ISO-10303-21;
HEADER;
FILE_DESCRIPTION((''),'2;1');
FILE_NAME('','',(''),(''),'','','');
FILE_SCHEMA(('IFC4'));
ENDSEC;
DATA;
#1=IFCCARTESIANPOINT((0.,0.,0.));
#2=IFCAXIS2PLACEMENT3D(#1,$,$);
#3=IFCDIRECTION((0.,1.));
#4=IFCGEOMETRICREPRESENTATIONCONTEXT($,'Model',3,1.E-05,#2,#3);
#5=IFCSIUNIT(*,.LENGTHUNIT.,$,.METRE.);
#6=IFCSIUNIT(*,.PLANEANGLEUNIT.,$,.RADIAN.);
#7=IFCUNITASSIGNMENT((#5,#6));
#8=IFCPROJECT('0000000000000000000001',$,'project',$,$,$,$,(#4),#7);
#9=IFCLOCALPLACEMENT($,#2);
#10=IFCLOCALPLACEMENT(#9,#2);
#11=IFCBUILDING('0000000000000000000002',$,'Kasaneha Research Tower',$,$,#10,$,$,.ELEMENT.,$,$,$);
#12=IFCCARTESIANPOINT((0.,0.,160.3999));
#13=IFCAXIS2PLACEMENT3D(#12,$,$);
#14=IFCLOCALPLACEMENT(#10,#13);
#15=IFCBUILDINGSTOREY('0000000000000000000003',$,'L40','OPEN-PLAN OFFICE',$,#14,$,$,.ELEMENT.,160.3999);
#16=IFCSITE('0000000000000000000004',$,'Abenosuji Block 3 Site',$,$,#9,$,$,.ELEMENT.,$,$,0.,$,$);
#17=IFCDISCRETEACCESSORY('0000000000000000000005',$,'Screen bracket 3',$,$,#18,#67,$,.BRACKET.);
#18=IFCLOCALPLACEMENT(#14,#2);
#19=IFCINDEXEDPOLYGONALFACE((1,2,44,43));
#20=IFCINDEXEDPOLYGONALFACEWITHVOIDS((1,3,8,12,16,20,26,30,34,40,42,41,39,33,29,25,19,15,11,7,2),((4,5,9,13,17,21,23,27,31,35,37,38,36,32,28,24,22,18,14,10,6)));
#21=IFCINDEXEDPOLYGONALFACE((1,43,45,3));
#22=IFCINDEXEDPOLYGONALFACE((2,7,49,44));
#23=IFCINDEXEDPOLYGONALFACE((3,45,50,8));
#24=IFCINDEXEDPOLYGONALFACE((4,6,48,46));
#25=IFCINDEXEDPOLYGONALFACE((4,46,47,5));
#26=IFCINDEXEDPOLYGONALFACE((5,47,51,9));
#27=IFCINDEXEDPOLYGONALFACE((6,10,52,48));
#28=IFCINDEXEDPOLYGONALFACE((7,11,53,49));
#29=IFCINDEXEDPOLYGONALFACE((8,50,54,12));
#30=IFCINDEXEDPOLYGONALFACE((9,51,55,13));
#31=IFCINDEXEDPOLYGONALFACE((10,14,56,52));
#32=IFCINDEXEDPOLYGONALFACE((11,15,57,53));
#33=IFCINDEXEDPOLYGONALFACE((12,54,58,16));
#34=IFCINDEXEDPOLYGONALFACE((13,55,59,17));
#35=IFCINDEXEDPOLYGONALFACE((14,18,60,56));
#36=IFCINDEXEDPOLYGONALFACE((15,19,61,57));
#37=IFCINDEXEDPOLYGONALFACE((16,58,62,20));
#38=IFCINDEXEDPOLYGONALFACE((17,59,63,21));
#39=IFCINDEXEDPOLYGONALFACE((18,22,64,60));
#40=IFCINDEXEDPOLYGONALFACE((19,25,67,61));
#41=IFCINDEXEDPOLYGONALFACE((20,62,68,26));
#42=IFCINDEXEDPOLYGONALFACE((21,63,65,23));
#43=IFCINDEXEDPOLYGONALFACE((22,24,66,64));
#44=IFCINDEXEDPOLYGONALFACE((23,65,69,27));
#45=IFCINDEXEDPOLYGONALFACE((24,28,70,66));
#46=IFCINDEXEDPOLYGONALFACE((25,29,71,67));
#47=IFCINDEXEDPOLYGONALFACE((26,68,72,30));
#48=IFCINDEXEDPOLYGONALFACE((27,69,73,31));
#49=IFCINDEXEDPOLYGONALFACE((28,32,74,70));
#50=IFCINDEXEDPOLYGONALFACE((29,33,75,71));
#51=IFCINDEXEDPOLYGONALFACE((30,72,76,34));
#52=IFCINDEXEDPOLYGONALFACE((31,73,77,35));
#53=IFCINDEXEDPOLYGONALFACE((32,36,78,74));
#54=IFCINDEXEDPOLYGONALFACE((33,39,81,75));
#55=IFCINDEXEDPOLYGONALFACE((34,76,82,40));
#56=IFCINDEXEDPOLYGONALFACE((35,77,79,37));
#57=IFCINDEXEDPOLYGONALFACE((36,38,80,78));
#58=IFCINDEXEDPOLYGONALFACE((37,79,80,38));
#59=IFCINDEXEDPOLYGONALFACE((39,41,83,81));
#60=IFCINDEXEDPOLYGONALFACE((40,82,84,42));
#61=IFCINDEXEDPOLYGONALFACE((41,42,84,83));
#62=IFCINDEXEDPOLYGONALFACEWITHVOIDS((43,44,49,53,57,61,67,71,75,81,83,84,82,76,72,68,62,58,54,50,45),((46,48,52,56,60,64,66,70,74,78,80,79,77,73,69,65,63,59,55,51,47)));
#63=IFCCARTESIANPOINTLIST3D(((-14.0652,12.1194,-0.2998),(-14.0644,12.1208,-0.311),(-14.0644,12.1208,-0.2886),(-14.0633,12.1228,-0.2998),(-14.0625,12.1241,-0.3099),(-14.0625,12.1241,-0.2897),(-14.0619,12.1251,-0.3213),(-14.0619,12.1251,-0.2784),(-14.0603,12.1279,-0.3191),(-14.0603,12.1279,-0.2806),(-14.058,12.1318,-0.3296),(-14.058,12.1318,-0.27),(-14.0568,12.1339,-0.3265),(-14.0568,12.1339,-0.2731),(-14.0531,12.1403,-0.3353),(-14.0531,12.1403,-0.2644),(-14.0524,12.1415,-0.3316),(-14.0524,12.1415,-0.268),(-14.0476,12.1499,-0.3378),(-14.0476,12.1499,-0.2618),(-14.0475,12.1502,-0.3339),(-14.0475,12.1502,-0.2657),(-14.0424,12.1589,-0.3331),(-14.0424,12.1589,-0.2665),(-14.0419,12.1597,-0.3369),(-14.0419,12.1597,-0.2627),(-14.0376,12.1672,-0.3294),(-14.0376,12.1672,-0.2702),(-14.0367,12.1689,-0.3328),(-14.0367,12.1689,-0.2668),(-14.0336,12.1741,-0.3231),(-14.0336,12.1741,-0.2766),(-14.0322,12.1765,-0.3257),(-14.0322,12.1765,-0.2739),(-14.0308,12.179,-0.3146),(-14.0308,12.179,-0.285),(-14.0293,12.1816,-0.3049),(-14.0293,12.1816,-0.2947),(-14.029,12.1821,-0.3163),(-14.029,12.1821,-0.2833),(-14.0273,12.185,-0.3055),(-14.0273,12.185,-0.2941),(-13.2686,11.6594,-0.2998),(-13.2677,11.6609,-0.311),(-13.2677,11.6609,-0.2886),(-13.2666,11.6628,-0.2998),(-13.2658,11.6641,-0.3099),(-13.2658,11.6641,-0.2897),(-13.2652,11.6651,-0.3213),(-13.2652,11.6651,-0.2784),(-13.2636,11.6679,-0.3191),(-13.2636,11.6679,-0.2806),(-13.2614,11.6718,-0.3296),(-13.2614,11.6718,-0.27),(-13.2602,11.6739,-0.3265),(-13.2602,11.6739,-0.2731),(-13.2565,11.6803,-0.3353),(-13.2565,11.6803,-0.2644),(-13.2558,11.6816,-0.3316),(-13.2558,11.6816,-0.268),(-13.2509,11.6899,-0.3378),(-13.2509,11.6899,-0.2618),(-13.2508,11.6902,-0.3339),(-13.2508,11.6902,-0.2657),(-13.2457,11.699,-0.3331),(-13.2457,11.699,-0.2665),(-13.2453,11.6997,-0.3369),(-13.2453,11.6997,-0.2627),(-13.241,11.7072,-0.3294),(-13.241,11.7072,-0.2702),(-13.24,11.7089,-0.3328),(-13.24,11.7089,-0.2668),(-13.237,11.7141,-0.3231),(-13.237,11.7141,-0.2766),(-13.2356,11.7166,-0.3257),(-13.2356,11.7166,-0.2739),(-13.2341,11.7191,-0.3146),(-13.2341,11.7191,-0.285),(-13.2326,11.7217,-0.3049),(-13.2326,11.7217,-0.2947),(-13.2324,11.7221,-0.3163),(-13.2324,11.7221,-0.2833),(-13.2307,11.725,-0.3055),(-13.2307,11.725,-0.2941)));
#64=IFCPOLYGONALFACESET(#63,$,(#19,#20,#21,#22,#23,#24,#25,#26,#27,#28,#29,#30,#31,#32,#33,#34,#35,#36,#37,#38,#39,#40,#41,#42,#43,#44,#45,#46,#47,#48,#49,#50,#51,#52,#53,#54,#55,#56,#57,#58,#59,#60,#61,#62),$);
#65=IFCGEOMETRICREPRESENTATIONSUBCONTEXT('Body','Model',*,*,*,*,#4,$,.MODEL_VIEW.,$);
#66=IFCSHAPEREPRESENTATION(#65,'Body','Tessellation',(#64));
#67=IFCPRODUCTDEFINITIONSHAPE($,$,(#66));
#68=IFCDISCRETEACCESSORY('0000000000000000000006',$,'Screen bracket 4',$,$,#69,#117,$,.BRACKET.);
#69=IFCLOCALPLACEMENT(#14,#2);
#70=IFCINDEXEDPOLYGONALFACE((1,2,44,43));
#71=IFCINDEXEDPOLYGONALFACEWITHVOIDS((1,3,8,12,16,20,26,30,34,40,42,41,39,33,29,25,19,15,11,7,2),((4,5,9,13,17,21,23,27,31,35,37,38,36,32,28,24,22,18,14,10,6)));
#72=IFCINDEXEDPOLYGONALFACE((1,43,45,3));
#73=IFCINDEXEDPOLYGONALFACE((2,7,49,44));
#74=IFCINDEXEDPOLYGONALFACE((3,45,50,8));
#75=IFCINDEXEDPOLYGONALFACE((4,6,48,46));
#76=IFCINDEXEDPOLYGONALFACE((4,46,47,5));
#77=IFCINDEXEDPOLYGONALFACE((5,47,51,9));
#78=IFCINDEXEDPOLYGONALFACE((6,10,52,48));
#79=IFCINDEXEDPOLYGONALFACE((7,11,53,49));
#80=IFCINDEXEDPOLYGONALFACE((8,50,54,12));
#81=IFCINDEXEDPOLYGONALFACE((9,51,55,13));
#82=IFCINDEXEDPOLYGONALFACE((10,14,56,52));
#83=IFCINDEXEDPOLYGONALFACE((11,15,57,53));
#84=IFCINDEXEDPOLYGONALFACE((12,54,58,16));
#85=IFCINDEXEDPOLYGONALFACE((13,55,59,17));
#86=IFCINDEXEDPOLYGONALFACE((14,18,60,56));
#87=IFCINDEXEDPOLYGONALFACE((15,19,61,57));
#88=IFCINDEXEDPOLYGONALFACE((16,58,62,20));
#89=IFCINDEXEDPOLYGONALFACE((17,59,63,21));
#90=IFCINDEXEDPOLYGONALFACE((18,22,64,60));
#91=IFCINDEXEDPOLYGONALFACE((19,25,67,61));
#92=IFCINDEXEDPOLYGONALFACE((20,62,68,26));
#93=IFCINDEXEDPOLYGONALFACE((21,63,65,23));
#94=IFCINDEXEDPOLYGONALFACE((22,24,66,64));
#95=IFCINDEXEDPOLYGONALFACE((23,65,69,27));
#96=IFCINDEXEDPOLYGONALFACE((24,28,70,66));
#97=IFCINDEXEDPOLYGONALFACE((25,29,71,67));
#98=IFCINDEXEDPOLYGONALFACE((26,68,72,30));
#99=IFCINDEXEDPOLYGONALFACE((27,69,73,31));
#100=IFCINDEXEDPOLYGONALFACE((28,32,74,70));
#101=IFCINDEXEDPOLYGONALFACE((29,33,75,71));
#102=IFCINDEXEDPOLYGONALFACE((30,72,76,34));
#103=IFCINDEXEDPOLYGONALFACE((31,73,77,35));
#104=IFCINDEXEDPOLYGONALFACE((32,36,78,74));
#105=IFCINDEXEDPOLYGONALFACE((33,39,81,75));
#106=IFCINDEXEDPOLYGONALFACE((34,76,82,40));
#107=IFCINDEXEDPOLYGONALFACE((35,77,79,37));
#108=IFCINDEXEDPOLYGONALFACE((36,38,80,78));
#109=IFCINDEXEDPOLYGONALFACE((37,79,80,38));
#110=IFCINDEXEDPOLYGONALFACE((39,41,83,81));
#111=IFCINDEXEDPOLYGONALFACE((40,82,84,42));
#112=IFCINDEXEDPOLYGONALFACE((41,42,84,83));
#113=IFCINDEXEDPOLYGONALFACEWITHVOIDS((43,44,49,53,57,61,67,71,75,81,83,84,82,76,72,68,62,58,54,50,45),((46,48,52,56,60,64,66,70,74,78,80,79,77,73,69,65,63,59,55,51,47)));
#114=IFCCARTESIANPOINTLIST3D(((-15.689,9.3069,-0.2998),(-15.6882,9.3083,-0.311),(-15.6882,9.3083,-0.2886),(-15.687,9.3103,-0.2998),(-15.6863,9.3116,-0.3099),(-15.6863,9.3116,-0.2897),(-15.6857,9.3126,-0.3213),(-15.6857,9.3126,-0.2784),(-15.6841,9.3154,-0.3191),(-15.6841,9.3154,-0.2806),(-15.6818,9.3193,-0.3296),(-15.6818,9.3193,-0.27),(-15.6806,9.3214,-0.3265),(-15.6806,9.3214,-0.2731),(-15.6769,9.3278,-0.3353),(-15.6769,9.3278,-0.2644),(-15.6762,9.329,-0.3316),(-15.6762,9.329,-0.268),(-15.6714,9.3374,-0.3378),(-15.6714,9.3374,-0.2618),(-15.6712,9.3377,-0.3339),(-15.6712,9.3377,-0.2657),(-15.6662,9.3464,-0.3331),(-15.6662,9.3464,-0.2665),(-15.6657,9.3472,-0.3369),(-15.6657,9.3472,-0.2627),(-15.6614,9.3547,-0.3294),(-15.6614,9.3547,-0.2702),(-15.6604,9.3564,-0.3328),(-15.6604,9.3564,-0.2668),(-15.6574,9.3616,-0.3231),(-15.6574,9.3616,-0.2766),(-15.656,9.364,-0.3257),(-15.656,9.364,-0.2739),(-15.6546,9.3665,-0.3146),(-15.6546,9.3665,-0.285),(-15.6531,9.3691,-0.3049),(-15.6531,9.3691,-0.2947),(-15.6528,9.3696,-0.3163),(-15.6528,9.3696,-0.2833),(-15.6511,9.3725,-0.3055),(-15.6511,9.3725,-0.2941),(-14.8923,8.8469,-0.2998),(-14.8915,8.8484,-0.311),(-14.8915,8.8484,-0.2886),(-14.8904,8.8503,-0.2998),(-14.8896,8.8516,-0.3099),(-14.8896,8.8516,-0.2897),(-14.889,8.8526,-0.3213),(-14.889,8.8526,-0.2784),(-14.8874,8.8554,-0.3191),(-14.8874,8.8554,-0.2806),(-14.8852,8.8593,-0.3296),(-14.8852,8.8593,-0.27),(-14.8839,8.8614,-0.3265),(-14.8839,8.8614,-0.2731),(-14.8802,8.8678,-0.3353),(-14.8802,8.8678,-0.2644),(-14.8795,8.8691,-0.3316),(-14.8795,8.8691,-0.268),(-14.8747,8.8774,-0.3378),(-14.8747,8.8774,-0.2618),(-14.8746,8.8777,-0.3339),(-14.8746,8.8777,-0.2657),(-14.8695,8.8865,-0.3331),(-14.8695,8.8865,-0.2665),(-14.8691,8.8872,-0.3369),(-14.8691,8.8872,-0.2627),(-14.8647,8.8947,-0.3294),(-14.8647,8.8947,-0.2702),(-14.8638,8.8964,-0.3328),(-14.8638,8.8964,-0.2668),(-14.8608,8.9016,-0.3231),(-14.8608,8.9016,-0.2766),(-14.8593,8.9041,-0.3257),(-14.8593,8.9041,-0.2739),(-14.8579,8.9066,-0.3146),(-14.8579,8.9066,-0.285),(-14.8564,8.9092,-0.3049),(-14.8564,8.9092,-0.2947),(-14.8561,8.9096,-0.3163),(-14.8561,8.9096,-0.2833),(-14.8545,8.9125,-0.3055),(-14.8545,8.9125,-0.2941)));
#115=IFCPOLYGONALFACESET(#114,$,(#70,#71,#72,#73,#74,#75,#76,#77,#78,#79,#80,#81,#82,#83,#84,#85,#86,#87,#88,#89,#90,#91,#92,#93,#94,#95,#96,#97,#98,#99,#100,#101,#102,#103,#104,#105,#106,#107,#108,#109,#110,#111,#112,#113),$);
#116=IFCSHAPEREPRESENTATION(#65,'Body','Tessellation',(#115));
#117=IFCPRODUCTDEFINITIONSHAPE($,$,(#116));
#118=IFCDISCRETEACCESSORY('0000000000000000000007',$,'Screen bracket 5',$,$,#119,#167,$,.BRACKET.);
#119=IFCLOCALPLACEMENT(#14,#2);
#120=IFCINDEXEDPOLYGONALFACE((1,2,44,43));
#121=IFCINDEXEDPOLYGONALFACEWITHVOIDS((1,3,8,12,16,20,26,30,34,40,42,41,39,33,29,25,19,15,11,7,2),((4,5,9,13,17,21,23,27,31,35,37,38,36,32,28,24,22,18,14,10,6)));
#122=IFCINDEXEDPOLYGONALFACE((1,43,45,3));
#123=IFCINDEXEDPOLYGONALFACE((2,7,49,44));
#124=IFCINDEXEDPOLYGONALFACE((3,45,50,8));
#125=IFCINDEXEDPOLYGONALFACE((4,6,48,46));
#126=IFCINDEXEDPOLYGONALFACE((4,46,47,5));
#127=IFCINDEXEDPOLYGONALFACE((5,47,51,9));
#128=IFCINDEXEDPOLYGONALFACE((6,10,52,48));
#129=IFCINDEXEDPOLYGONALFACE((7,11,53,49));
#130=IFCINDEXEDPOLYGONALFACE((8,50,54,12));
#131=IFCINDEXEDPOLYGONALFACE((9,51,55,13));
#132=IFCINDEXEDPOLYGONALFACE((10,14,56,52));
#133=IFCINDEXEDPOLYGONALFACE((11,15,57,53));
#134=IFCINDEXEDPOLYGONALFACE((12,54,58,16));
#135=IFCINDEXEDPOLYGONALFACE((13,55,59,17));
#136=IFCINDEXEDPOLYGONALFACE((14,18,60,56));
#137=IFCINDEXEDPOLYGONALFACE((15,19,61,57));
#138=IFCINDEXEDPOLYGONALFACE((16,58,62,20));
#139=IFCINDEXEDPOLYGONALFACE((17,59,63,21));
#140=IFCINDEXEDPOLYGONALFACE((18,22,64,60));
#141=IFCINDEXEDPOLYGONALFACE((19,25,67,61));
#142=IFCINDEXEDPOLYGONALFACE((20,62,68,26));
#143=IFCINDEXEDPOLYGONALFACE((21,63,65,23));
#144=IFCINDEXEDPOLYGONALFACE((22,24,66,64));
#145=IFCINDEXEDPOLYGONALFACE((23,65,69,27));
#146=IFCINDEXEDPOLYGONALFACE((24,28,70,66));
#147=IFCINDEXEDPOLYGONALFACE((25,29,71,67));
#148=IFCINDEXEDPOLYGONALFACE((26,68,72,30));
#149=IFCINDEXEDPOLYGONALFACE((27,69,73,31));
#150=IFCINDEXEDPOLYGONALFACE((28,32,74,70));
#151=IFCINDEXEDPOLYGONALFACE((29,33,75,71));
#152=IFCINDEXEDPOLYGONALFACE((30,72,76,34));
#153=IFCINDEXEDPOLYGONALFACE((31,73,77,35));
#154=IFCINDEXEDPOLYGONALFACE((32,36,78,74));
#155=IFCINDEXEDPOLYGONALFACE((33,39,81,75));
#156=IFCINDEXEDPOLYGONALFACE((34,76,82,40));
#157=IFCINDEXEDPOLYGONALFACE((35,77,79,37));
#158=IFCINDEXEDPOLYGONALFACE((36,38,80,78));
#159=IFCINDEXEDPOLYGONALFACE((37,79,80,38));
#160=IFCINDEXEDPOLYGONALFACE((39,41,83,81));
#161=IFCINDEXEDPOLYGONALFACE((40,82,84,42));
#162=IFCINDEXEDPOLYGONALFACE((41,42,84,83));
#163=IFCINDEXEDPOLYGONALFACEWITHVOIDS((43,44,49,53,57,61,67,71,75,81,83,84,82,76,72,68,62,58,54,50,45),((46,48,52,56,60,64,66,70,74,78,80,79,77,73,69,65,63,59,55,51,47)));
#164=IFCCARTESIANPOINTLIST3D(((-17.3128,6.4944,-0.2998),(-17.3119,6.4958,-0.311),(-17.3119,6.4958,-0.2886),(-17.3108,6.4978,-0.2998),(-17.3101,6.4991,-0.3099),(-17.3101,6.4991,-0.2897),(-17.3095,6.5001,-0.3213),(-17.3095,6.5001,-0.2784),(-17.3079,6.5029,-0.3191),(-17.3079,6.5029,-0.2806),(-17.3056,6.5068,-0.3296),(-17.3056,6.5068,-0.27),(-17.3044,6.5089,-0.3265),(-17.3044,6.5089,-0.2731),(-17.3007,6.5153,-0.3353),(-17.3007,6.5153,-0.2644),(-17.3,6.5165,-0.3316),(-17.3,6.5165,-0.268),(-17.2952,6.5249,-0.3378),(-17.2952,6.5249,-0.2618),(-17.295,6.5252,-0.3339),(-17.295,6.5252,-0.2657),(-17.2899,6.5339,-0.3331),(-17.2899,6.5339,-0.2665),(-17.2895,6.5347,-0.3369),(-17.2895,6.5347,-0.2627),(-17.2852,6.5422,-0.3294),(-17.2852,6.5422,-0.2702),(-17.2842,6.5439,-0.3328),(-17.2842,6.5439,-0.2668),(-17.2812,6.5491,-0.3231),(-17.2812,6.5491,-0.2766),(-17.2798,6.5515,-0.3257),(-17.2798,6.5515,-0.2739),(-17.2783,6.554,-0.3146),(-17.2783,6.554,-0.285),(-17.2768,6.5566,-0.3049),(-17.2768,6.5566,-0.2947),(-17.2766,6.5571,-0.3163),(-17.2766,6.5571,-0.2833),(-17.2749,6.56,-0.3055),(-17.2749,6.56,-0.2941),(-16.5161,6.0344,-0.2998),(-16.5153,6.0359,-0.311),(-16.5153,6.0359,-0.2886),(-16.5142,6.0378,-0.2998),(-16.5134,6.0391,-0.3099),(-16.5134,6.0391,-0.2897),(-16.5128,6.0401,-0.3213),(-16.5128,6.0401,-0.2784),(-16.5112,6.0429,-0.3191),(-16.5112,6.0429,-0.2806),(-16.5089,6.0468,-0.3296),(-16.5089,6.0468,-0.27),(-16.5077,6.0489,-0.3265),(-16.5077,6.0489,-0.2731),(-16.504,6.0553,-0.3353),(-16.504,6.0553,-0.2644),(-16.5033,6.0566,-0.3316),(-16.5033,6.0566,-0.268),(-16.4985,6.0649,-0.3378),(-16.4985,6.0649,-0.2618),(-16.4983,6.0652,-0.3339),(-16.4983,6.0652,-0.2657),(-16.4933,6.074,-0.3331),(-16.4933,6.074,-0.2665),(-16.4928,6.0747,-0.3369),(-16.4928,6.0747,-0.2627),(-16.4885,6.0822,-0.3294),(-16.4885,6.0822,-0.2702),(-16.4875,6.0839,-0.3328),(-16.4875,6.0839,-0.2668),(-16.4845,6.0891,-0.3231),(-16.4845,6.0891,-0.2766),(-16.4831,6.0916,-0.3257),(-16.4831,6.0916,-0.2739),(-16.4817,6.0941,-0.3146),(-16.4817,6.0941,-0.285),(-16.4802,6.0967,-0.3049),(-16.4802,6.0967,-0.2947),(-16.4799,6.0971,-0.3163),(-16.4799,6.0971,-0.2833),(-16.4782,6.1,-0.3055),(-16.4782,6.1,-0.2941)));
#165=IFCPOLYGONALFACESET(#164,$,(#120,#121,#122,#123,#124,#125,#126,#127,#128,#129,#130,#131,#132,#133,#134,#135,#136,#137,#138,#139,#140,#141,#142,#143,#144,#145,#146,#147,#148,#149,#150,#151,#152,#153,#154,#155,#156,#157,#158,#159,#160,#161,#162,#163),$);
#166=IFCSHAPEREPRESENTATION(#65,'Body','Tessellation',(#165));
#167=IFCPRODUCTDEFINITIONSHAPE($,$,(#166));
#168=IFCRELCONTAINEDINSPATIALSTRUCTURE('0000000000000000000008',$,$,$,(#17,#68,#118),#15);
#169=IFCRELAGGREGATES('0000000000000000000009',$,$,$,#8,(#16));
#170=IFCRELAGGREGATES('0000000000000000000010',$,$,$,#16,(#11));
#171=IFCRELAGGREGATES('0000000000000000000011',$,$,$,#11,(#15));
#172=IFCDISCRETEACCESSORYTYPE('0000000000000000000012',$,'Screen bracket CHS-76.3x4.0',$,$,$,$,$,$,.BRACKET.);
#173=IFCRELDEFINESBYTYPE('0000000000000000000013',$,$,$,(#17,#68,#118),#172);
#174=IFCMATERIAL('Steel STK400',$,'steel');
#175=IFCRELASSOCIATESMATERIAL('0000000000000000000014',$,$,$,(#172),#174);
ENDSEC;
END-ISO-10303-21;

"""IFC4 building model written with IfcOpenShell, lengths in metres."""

from ifc_helpers import new_model, si_unit, direction, frame, origin, origin_2d, place, context, subcontext, project, spatial, hollow_circle, extrude, material, material_profile, profile_set, type_object, element, save


model = new_model("IFC4")

# Units and contexts
model_context = context("Model", 3, precision=1e-05, world=origin(), true_north=direction((0.0, 1.0)))
body_context = subcontext(model_context, "Body", "Model", "MODEL_VIEW")
ifc_project = project(units=[si_unit("LENGTHUNIT", "METRE"), si_unit("PLANEANGLEUNIT", "RADIAN")], contexts=[model_context])

# Site, building, storey
site_placement = place(None, origin())
site = spatial("IfcSite", under=ifc_project, at=site_placement, Name="Abenosuji Block 3 Site", CompositionType="ELEMENT", RefElevation=0.0)
building_placement = place(site_placement, origin())
building = spatial("IfcBuilding", under=site, at=building_placement, Name="Kasaneha Research Tower", CompositionType="ELEMENT")
storey_placement = place(building_placement, frame((0.0, 0.0, 160.3999)))
storey = spatial("IfcBuildingStorey", under=building, at=storey_placement, Name="L40", Description="OPEN-PLAN OFFICE", CompositionType="ELEMENT", Elevation=160.3999)

# Discrete accessories
ifc_material_1 = material(Name="Steel STK400", Category="steel")
ifc_material_profile_1 = material_profile(ifc_material_1, hollow_circle(Radius=0.0381, WallThickness=0.0039, at=origin_2d()), Name="CHS-76.3x4.0")
ifc_profile_set_1 = profile_set([ifc_material_profile_1], Name="Steel STK400")
discrete_accessory_type = type_object("IfcDiscreteAccessoryType", Name="Screen bracket CHS-76.3x4.0", PredefinedType="BRACKET", material=ifc_profile_set_1)
for number, where, z_axis, x_axis, name in (
    (1, (-13.2495, 11.6924, -0.2998), (-0.866013, 0.500021, 0.0), (-0.500021, -0.866013, 0.0), "Screen bracket 3"),
    (2, (-14.8733, 8.8799, -0.2998), (-0.866013, 0.500021, 0.0), (-0.500021, -0.866013, 0.0), "Screen bracket 4"),
    (3, (-16.4971, 6.0674, -0.2998), (-0.866013, 0.500021, 0.0), (-0.500021, -0.866013, 0.0), "Screen bracket 5"),
):
    element("IfcDiscreteAccessory", number, at=place(storey_placement, frame(where, z_axis=z_axis, x_axis=x_axis)), inside=storey, type_object=discrete_accessory_type, Name=name, PredefinedType="BRACKET", context=body_context, shape_type="SweptSolid", body=[
        extrude(hollow_circle(Radius=0.0381, WallThickness=0.0039, at=origin_2d()), origin(), (0.0, 0.0, 1.0), 0.9199),
    ])

save(model, "model.ifc")
